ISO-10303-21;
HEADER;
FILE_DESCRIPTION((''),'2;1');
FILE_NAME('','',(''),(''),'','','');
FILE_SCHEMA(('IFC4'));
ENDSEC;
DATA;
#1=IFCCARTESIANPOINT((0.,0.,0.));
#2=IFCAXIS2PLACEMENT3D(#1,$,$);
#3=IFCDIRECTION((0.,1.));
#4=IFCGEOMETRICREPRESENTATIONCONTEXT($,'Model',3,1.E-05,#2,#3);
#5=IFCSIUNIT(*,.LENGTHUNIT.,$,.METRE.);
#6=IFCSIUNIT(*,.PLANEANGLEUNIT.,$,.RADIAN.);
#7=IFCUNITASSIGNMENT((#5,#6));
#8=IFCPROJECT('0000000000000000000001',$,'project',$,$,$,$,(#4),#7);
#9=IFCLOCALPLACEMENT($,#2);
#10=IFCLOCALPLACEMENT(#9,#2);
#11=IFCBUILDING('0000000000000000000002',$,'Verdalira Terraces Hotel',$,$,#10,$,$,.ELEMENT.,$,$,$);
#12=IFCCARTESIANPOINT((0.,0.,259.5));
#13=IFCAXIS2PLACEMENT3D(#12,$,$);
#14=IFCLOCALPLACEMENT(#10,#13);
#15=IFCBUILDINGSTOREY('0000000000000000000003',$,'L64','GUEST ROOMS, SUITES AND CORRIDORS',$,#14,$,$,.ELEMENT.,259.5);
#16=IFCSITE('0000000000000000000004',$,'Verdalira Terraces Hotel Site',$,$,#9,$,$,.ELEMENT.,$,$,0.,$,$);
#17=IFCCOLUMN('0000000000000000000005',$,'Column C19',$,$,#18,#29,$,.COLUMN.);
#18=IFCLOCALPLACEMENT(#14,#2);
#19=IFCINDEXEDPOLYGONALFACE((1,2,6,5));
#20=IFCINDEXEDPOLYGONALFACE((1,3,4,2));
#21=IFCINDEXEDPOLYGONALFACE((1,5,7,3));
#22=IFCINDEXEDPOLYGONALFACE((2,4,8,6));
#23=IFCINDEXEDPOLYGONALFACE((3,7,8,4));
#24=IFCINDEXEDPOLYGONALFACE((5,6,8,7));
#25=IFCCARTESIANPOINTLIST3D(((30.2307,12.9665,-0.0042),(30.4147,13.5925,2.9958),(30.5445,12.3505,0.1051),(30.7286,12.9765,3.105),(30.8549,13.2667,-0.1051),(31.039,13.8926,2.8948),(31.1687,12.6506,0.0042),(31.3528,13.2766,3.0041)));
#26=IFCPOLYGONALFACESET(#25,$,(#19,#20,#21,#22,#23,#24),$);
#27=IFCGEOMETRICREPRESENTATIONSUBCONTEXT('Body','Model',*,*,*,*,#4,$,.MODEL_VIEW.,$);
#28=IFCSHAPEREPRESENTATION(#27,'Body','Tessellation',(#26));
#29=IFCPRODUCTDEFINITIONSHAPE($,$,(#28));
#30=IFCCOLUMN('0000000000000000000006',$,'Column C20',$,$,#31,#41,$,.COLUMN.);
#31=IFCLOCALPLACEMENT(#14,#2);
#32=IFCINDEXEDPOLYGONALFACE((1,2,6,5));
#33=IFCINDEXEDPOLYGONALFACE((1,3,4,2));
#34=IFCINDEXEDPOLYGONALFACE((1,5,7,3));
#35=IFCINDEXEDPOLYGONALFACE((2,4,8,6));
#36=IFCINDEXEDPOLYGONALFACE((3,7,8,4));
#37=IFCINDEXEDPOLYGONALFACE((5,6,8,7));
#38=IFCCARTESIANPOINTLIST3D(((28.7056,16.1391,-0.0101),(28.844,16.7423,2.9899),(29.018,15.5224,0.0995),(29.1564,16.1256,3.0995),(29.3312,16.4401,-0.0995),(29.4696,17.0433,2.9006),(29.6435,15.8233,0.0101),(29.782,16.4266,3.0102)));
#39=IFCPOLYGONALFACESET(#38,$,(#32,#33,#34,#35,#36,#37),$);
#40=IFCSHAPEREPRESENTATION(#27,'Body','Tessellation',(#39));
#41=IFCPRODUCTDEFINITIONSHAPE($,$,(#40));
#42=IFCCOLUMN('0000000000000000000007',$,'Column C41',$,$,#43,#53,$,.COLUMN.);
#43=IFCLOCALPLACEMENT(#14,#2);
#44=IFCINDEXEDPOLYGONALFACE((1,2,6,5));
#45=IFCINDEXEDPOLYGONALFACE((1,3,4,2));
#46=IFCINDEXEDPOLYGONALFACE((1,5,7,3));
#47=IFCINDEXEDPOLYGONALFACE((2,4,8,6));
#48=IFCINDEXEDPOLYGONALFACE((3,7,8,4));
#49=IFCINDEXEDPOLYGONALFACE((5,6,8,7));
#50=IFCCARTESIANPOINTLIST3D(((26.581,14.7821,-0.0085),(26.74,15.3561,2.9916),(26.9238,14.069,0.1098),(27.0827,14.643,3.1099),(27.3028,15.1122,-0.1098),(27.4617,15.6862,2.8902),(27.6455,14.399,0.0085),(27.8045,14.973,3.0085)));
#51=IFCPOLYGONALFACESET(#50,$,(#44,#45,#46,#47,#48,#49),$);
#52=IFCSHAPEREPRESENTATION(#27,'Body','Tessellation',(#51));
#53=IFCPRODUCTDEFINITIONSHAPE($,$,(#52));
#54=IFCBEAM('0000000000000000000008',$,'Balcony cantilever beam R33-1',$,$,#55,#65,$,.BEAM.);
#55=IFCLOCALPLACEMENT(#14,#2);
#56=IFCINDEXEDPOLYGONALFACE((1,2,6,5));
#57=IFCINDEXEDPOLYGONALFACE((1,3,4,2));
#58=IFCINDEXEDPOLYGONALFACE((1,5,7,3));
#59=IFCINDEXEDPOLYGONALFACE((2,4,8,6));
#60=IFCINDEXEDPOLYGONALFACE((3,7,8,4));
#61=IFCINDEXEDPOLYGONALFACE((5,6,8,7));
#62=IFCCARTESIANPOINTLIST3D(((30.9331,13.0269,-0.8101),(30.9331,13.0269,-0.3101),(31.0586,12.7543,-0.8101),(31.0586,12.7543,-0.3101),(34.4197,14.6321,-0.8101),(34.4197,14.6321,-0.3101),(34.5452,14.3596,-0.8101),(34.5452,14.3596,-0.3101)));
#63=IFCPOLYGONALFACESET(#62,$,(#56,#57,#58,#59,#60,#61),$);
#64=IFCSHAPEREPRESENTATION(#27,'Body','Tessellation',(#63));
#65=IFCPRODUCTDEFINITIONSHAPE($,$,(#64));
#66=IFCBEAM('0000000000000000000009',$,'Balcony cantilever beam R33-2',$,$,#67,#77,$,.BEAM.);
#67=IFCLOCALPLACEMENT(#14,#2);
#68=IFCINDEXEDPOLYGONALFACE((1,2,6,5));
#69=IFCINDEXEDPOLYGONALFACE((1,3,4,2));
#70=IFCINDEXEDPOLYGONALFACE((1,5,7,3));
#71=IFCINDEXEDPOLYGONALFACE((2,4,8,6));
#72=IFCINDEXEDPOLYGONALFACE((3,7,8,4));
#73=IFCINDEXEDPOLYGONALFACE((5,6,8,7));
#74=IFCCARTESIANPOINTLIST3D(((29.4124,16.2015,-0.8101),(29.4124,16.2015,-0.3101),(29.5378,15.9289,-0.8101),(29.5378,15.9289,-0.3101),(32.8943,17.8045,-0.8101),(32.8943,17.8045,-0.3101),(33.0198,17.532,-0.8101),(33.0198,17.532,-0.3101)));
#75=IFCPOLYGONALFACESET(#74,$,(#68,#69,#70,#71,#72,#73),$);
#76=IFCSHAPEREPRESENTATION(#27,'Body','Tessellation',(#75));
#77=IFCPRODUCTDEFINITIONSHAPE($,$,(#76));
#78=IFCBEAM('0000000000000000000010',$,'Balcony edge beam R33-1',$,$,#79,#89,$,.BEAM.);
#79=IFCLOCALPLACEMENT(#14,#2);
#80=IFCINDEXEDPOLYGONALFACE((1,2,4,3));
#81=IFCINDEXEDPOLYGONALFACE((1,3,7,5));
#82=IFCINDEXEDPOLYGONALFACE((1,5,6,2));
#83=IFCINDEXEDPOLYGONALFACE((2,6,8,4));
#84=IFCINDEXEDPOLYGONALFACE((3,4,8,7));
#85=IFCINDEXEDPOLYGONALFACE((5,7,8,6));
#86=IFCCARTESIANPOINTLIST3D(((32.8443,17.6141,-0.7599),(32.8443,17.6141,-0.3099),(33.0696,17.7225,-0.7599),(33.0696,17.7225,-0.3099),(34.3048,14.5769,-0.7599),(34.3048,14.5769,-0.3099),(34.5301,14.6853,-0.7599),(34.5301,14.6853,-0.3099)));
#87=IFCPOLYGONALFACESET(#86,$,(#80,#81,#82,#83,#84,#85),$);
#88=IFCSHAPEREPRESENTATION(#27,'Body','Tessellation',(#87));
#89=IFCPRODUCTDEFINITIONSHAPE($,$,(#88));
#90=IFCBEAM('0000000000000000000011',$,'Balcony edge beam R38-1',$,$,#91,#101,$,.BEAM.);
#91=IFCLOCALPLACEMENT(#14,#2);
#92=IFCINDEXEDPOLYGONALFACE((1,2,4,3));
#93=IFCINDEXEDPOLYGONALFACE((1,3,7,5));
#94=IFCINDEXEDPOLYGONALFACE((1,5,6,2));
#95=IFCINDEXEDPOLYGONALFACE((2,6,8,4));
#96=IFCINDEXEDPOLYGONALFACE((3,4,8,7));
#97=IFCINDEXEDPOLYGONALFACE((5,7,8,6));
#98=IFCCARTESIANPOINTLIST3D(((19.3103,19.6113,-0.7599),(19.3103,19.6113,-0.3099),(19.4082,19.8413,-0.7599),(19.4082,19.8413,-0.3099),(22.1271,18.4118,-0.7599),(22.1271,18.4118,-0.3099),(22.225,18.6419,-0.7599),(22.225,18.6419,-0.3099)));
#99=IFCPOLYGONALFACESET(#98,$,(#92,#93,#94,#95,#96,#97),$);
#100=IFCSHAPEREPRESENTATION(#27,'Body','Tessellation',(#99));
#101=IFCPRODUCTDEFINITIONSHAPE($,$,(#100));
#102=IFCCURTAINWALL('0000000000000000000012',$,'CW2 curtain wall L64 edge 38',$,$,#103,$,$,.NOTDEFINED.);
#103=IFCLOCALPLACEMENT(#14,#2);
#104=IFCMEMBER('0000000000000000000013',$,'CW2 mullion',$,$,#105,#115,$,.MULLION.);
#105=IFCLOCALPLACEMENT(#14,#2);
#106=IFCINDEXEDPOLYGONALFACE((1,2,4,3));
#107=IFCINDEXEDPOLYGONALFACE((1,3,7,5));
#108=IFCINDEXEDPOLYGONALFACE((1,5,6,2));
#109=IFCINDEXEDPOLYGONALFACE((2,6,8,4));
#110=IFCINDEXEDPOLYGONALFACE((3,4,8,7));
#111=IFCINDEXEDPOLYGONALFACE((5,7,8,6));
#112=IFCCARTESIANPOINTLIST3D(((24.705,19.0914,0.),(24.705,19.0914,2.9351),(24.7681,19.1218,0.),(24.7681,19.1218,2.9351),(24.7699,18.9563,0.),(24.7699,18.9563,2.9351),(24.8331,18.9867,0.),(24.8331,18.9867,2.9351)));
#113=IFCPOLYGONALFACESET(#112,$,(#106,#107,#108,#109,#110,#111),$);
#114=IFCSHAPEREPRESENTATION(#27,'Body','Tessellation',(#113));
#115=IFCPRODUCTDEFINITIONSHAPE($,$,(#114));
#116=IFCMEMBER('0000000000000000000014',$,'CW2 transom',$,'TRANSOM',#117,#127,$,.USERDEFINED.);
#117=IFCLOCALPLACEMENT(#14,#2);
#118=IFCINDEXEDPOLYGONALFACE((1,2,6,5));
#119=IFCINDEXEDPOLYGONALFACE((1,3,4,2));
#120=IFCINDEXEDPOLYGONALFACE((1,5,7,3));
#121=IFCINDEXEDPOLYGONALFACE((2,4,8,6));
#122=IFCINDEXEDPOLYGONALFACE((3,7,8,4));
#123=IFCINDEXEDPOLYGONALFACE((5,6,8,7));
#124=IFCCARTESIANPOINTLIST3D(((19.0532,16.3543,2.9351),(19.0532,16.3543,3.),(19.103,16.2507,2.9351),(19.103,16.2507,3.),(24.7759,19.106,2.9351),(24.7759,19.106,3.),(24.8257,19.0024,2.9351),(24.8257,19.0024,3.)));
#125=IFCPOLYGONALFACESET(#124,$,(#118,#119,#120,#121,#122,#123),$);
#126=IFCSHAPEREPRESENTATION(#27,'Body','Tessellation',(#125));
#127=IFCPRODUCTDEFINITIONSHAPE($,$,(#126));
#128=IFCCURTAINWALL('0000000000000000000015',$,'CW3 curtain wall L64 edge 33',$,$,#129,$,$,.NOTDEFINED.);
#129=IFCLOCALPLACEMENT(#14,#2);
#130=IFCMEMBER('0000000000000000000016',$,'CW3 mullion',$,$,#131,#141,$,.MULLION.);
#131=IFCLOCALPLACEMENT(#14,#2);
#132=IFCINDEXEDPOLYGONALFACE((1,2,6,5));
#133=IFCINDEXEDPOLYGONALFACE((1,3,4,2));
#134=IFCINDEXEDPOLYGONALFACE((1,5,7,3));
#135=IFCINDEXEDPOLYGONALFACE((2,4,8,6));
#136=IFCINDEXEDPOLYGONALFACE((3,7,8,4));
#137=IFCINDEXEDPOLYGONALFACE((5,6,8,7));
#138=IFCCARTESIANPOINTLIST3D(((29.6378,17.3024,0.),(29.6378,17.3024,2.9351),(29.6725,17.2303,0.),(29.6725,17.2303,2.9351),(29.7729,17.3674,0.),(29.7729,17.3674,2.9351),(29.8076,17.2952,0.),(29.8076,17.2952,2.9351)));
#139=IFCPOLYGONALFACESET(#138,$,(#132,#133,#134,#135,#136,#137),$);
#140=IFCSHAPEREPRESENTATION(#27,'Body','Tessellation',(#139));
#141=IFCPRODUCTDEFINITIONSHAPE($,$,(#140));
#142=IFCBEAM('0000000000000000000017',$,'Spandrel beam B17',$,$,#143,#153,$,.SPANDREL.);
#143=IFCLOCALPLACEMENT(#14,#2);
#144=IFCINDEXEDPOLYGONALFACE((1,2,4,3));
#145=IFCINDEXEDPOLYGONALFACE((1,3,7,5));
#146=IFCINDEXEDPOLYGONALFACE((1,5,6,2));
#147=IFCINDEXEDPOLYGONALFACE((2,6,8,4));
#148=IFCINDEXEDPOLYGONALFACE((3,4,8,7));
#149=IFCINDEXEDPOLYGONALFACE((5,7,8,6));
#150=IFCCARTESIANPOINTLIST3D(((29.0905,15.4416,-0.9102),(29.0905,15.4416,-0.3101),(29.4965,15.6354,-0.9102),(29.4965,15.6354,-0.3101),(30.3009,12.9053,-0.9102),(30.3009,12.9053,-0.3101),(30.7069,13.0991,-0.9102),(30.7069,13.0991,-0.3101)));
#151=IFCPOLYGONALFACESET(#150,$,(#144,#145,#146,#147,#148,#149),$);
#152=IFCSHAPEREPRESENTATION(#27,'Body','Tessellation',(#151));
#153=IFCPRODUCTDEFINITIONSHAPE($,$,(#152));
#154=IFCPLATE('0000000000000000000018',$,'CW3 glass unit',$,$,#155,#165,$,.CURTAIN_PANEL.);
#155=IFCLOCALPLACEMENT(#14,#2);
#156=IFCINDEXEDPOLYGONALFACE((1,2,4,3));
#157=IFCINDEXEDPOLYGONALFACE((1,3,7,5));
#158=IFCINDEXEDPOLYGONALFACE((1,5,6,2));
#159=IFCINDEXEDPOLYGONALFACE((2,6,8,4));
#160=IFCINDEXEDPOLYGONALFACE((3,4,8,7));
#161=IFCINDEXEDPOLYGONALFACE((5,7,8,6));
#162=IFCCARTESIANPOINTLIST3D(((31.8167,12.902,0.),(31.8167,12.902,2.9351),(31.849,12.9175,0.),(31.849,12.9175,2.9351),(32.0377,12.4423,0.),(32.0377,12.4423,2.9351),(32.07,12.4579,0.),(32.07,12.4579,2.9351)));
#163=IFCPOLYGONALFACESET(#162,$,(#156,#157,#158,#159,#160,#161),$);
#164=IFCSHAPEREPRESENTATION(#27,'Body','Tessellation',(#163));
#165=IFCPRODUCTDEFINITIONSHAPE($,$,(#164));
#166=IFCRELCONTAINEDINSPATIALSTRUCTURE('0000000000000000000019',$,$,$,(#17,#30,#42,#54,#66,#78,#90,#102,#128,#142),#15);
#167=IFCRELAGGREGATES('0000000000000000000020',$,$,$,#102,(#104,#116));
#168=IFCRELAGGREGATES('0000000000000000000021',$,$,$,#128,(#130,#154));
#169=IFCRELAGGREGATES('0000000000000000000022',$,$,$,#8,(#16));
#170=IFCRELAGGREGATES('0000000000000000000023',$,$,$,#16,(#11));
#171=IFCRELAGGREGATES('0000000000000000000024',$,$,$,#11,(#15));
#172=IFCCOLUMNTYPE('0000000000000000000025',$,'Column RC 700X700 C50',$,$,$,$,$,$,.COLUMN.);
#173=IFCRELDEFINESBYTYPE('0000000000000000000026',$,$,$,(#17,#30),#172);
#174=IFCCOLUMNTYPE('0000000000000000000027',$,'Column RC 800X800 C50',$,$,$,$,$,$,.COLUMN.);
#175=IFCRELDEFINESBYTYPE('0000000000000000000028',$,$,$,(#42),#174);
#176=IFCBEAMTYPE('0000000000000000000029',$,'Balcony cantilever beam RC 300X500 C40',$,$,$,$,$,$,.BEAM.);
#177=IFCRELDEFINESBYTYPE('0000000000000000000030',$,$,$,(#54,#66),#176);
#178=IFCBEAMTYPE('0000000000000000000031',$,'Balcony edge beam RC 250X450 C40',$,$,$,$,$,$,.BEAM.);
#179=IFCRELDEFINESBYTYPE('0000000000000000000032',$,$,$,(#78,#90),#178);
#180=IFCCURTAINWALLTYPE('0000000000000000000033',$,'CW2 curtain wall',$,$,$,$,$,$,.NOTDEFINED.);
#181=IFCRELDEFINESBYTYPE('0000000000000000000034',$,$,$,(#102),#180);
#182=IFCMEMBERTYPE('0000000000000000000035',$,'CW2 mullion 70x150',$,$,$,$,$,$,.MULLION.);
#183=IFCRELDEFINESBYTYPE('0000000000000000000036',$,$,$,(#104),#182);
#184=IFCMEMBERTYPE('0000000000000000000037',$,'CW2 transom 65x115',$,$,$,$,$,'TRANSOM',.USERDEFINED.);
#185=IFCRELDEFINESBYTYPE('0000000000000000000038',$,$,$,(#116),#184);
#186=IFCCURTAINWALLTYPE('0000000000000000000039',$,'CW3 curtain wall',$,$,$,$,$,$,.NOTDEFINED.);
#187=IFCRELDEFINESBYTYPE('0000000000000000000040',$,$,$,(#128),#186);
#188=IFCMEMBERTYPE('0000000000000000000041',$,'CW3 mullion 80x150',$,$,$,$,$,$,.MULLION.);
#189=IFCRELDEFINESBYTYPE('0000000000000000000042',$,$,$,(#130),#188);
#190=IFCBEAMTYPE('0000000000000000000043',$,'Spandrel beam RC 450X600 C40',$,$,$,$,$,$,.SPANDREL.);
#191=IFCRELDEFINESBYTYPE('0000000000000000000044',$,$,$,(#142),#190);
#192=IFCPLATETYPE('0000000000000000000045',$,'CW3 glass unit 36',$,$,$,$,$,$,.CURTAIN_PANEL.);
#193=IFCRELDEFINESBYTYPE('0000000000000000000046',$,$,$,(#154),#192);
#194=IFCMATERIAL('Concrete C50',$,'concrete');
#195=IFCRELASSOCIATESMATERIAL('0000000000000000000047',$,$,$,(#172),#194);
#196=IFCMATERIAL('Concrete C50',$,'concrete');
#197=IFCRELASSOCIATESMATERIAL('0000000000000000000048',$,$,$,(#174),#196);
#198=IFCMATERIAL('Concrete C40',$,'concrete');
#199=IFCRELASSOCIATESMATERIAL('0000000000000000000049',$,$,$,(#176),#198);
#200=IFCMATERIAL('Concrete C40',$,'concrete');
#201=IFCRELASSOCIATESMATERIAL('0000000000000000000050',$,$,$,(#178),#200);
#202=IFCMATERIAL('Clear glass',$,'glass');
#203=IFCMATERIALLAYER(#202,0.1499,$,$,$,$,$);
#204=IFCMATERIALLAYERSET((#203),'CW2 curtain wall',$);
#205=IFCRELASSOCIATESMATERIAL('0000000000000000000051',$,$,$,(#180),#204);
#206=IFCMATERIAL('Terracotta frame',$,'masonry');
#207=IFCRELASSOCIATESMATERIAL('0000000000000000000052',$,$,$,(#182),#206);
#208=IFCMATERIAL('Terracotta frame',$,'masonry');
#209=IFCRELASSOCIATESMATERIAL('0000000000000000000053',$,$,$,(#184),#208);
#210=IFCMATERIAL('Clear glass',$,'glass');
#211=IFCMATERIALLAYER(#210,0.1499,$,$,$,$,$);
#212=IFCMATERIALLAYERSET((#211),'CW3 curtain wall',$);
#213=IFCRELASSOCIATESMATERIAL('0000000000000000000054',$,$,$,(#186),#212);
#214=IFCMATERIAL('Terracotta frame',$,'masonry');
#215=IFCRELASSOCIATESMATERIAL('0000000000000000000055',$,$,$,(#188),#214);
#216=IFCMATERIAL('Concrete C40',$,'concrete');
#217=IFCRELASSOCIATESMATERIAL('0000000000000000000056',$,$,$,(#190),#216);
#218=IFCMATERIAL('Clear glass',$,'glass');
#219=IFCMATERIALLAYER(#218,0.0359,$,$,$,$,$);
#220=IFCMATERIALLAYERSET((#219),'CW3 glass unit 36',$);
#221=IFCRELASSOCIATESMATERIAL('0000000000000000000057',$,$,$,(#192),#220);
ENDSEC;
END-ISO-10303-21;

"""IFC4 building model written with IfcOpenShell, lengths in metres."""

from ifc_helpers import new_model, si_unit, direction, frame, origin, origin_2d, place, context, subcontext, project, spatial, rectangle, extrude, material, layer, layer_set, material_profile, profile_set, type_object, element, aggregate, save


model = new_model("IFC4")

# Units and contexts
model_context = context("Model", 3, precision=1e-05, world=origin(), true_north=direction((0.0, 1.0)))
body_context = subcontext(model_context, "Body", "Model", "MODEL_VIEW")
ifc_project = project(units=[si_unit("LENGTHUNIT", "METRE"), si_unit("PLANEANGLEUNIT", "RADIAN")], contexts=[model_context])

# Site, building, storey
site_placement = place(None, origin())
site = spatial("IfcSite", under=ifc_project, at=site_placement, Name="Verdalira Terraces Hotel Site", CompositionType="ELEMENT", RefElevation=0.0)
building_placement = place(site_placement, origin())
building = spatial("IfcBuilding", under=site, at=building_placement, Name="Verdalira Terraces Hotel", CompositionType="ELEMENT")
storey_placement = place(building_placement, frame((0.0, 0.0, 259.5)))
storey = spatial("IfcBuildingStorey", under=building, at=storey_placement, Name="L64", Description="GUEST ROOMS, SUITES AND CORRIDORS", CompositionType="ELEMENT", Elevation=259.5)

# Columns
ifc_material_1 = material(Name="Concrete C50", Category="concrete")
ifc_material_profile_1 = material_profile(ifc_material_1, rectangle(XDim=0.7, YDim=0.7, at=origin_2d()), Name="RC 700X700")
ifc_profile_set_1 = profile_set([ifc_material_profile_1], Name="Concrete C50")
column_type_1 = type_object("IfcColumnType", Name="Column RC 700X700 C50", PredefinedType="COLUMN", material=ifc_profile_set_1)
column_1_placement = place(storey_placement, frame((30.6997, 12.8086, 0.0), z_axis=(0.059959, 0.203892, 0.977156), x_axis=(-0.448378, 0.880103, -0.156128)))
element("IfcColumn", 1, at=column_1_placement, inside=storey, type_object=column_type_1, Name="Column C19", PredefinedType="COLUMN", context=body_context, shape_type="SweptSolid", body=[
    extrude(rectangle(XDim=0.7, YDim=0.7, at=origin_2d()), origin(), (0.0, 0.0, 1.0), 3.0701),
])
column_2_placement = place(storey_placement, frame((29.1746, 15.9812, 0.0), z_axis=(0.045191, 0.196943, 0.979373), x_axis=(-0.446287, 0.881084, -0.156585)))
element("IfcColumn", 2, at=column_2_placement, inside=storey, type_object=column_type_1, Name="Column C20", PredefinedType="COLUMN", context=body_context, shape_type="SweptSolid", body=[
    extrude(rectangle(XDim=0.7, YDim=0.7, at=origin_2d()), origin(), (0.0, 0.0, 1.0), 3.0632),
])
ifc_material_2 = material(Name="Concrete C50", Category="concrete")
ifc_material_profile_2 = material_profile(ifc_material_2, rectangle(XDim=0.8, YDim=0.8, at=origin_2d()), Name="RC 800X800")
ifc_profile_set_2 = profile_set([ifc_material_profile_2], Name="Concrete C50")
column_type_2 = type_object("IfcColumnType", Name="Column RC 800X800 C50", PredefinedType="COLUMN", material=ifc_profile_set_2)
column_3_placement = place(storey_placement, frame((27.1133, 14.5906, 0.0), z_axis=(0.051964, 0.187663, 0.980858), x_axis=(0.90209, 0.412525, -0.126718)))
element("IfcColumn", 3, at=column_3_placement, inside=storey, type_object=column_type_2, Name="Column C41", PredefinedType="COLUMN", context=body_context, shape_type="SweptSolid", body=[
    extrude(rectangle(XDim=0.8, YDim=0.8, at=origin_2d()), origin(), (0.0, 0.0, 1.0), 3.0586),
])

# Beams
ifc_material_3 = material(Name="Concrete C40", Category="concrete")
ifc_material_profile_3 = material_profile(ifc_material_3, rectangle(XDim=0.3, YDim=0.5, at=origin_2d()), Name="RC 300X500")
ifc_profile_set_3 = profile_set([ifc_material_profile_3], Name="Concrete C40")
beam_type_1 = type_object("IfcBeamType", Name="Balcony cantilever beam RC 300X500 C40", PredefinedType="BEAM", material=ifc_profile_set_3)
beam_1_placement = place(storey_placement, frame((30.9959, 12.8906, -0.5601), z_axis=(0.908352, 0.418207, 0.0), x_axis=(-0.418207, 0.908352, 0.0)))
element("IfcBeam", 4, at=beam_1_placement, inside=storey, type_object=beam_type_1, Name="Balcony cantilever beam R33-1", PredefinedType="BEAM", context=body_context, shape_type="SweptSolid", body=[
    extrude(rectangle(XDim=0.3, YDim=0.5, at=origin_2d()), origin(), (0.0, 0.0, 1.0), 3.8384),
])
beam_2_placement = place(storey_placement, frame((29.4751, 16.0652, -0.5601), z_axis=(0.908358, 0.418194, 0.0), x_axis=(-0.418194, 0.908358, 0.0)))
element("IfcBeam", 5, at=beam_2_placement, inside=storey, type_object=beam_type_1, Name="Balcony cantilever beam R33-2", PredefinedType="BEAM", context=body_context, shape_type="SweptSolid", body=[
    extrude(rectangle(XDim=0.3, YDim=0.5, at=origin_2d()), origin(), (0.0, 0.0, 1.0), 3.8333),
])
ifc_material_4 = material(Name="Concrete C40", Category="concrete")
ifc_material_profile_4 = material_profile(ifc_material_4, rectangle(XDim=0.25, YDim=0.45, at=origin_2d()), Name="RC 250X450")
ifc_profile_set_4 = profile_set([ifc_material_profile_4], Name="Concrete C40")
beam_type_2 = type_object("IfcBeamType", Name="Balcony edge beam RC 250X450 C40", PredefinedType="BEAM", material=ifc_profile_set_4)
beam_3_placement = place(storey_placement, frame((34.4175, 14.6311, -0.5349), z_axis=(-0.433367, 0.901218, 0.0), x_axis=(-0.901218, -0.433367, 0.0)))
element("IfcBeam", 6, at=beam_3_placement, inside=storey, type_object=beam_type_2, Name="Balcony edge beam R33-1", PredefinedType="BEAM", context=body_context, shape_type="SweptSolid", body=[
    extrude(rectangle(XDim=0.25, YDim=0.45, at=origin_2d()), origin(), (0.0, 0.0, 1.0), 3.3701),
])
beam_4_placement = place(storey_placement, frame((22.176, 18.5269, -0.5349), z_axis=(-0.920062, 0.391772, 0.0), x_axis=(-0.391772, -0.920062, 0.0)))
element("IfcBeam", 7, at=beam_4_placement, inside=storey, type_object=beam_type_2, Name="Balcony edge beam R38-1", PredefinedType="BEAM", context=body_context, shape_type="SweptSolid", body=[
    extrude(rectangle(XDim=0.25, YDim=0.45, at=origin_2d()), origin(), (0.0, 0.0, 1.0), 3.0615),
])

# Curtain wall, members
ifc_material_5 = material(Name="Clear glass", Category="glass")
ifc_layer_1 = layer(ifc_material_5, 0.1499)
ifc_layer_set_1 = layer_set([ifc_layer_1], Name="CW2 curtain wall")
curtain_wall_type_1 = type_object("IfcCurtainWallType", Name="CW2 curtain wall", PredefinedType="NOTDEFINED", material=ifc_layer_set_1)
curtain_wall_1_placement = place(storey_placement, origin())
curtain_wall_1 = element("IfcCurtainWall", 8, at=curtain_wall_1_placement, inside=storey, type_object=curtain_wall_type_1, Name="CW2 curtain wall L64 edge 38", PredefinedType="NOTDEFINED")
ifc_material_6 = material(Name="Terracotta frame", Category="masonry")
ifc_material_profile_5 = material_profile(ifc_material_6, rectangle(XDim=0.0701, YDim=0.1499, at=origin_2d()), Name="MU 70x150")
ifc_profile_set_5 = profile_set([ifc_material_profile_5], Name="Terracotta frame")
member_type_1 = type_object("IfcMemberType", Name="CW2 mullion 70x150", PredefinedType="MULLION", material=ifc_profile_set_5)
member_1_placement = place(storey_placement, frame((24.769, 19.0391, 0.0), z_axis=(0.0, 0.0, 1.0), x_axis=(-0.901228, -0.433345, 0.0)))
member_1 = element("IfcMember", 9, at=member_1_placement, type_object=member_type_1, Name="CW2 mullion", PredefinedType="MULLION", context=body_context, shape_type="SweptSolid", body=[
    extrude(rectangle(XDim=0.0701, YDim=0.1499, at=origin_2d()), origin(), (0.0, 0.0, 1.0), 2.9351),
])
ifc_material_7 = material(Name="Terracotta frame", Category="masonry")
ifc_material_profile_6 = material_profile(ifc_material_7, rectangle(XDim=0.115, YDim=0.0649, at=origin_2d()), Name="TR 65x115")
ifc_profile_set_6 = profile_set([ifc_material_profile_6], Name="Terracotta frame")
member_type_2 = type_object("IfcMemberType", Name="CW2 transom 65x115", ElementType="TRANSOM", PredefinedType="USERDEFINED", material=ifc_profile_set_6)
member_2_placement = place(storey_placement, frame((24.8008, 19.0542, 2.9675), z_axis=(-0.901226, -0.43335, 0.0), x_axis=(0.43335, -0.901226, 0.0)))
member_2 = element("IfcMember", 10, at=member_2_placement, type_object=member_type_2, Name="CW2 transom", ObjectType="TRANSOM", PredefinedType="USERDEFINED", context=body_context, shape_type="SweptSolid", body=[
    extrude(rectangle(XDim=0.115, YDim=0.0649, at=origin_2d()), origin(), (0.0, 0.0, 1.0), 6.3499),
])
aggregate(curtain_wall_1, [member_1, member_2])

# Curtain wall, member
ifc_material_8 = material(Name="Clear glass", Category="glass")
ifc_layer_2 = layer(ifc_material_8, 0.1499)
ifc_layer_set_2 = layer_set([ifc_layer_2], Name="CW3 curtain wall")
curtain_wall_type_2 = type_object("IfcCurtainWallType", Name="CW3 curtain wall", PredefinedType="NOTDEFINED", material=ifc_layer_set_2)
curtain_wall_2_placement = place(storey_placement, origin())
curtain_wall_2 = element("IfcCurtainWall", 11, at=curtain_wall_2_placement, inside=storey, type_object=curtain_wall_type_2, Name="CW3 curtain wall L64 edge 33", PredefinedType="NOTDEFINED")
ifc_material_9 = material(Name="Terracotta frame", Category="masonry")
ifc_material_profile_7 = material_profile(ifc_material_9, rectangle(XDim=0.0801, YDim=0.1499, at=origin_2d()), Name="MU 80x150")
ifc_profile_set_7 = profile_set([ifc_material_profile_7], Name="Terracotta frame")
member_type_3 = type_object("IfcMemberType", Name="CW3 mullion 80x150", PredefinedType="MULLION", material=ifc_profile_set_7)
member_3_placement = place(storey_placement, frame((29.7227, 17.2988, 0.0), z_axis=(0.0, 0.0, 1.0), x_axis=(-0.433345, 0.901228, 0.0)))
member_3 = element("IfcMember", 12, at=member_3_placement, type_object=member_type_3, Name="CW3 mullion", PredefinedType="MULLION", context=body_context, shape_type="SweptSolid", body=[
    extrude(rectangle(XDim=0.0801, YDim=0.1499, at=origin_2d()), origin(), (0.0, 0.0, 1.0), 2.9351),
])

# Beam
ifc_material_10 = material(Name="Concrete C40", Category="concrete")
ifc_material_profile_8 = material_profile(ifc_material_10, rectangle(XDim=0.45, YDim=0.6001, at=origin_2d()), Name="RC 450X600")
ifc_profile_set_8 = profile_set([ifc_material_profile_8], Name="Concrete C40")
beam_type_3 = type_object("IfcBeamType", Name="Spandrel beam RC 450X600 C40", PredefinedType="SPANDREL", material=ifc_profile_set_8)
beam_5_placement = place(storey_placement, frame((30.5039, 13.0022, -0.6101), z_axis=(-0.430702, 0.902494, 0.0), x_axis=(-0.902494, -0.430702, 0.0)))
element("IfcBeam", 13, at=beam_5_placement, inside=storey, type_object=beam_type_3, Name="Spandrel beam B17", PredefinedType="SPANDREL", context=body_context, shape_type="SweptSolid", body=[
    extrude(rectangle(XDim=0.45, YDim=0.6001, at=origin_2d()), origin(), (0.0, 0.0, 1.0), 2.8103),
])

# Plate
ifc_material_11 = material(Name="Clear glass", Category="glass")
ifc_layer_3 = layer(ifc_material_11, 0.0359)
ifc_layer_set_3 = layer_set([ifc_layer_3], Name="CW3 glass unit 36")
plate_type = type_object("IfcPlateType", Name="CW3 glass unit 36", PredefinedType="CURTAIN_PANEL", material=ifc_layer_set_3)
plate_placement = place(storey_placement, frame((31.9434, 12.6799, 0.0), z_axis=(0.0, 0.0, 1.0), x_axis=(-0.433345, 0.901228, 0.0)))
plate = element("IfcPlate", 14, at=plate_placement, type_object=plate_type, Name="CW3 glass unit", PredefinedType="CURTAIN_PANEL", context=body_context, shape_type="SweptSolid", body=[
    extrude(rectangle(XDim=0.51, YDim=0.0359, at=origin_2d()), origin(), (0.0, 0.0, 1.0), 2.9351),
])
aggregate(curtain_wall_2, [member_3, plate])

save(model, "model.ifc")
